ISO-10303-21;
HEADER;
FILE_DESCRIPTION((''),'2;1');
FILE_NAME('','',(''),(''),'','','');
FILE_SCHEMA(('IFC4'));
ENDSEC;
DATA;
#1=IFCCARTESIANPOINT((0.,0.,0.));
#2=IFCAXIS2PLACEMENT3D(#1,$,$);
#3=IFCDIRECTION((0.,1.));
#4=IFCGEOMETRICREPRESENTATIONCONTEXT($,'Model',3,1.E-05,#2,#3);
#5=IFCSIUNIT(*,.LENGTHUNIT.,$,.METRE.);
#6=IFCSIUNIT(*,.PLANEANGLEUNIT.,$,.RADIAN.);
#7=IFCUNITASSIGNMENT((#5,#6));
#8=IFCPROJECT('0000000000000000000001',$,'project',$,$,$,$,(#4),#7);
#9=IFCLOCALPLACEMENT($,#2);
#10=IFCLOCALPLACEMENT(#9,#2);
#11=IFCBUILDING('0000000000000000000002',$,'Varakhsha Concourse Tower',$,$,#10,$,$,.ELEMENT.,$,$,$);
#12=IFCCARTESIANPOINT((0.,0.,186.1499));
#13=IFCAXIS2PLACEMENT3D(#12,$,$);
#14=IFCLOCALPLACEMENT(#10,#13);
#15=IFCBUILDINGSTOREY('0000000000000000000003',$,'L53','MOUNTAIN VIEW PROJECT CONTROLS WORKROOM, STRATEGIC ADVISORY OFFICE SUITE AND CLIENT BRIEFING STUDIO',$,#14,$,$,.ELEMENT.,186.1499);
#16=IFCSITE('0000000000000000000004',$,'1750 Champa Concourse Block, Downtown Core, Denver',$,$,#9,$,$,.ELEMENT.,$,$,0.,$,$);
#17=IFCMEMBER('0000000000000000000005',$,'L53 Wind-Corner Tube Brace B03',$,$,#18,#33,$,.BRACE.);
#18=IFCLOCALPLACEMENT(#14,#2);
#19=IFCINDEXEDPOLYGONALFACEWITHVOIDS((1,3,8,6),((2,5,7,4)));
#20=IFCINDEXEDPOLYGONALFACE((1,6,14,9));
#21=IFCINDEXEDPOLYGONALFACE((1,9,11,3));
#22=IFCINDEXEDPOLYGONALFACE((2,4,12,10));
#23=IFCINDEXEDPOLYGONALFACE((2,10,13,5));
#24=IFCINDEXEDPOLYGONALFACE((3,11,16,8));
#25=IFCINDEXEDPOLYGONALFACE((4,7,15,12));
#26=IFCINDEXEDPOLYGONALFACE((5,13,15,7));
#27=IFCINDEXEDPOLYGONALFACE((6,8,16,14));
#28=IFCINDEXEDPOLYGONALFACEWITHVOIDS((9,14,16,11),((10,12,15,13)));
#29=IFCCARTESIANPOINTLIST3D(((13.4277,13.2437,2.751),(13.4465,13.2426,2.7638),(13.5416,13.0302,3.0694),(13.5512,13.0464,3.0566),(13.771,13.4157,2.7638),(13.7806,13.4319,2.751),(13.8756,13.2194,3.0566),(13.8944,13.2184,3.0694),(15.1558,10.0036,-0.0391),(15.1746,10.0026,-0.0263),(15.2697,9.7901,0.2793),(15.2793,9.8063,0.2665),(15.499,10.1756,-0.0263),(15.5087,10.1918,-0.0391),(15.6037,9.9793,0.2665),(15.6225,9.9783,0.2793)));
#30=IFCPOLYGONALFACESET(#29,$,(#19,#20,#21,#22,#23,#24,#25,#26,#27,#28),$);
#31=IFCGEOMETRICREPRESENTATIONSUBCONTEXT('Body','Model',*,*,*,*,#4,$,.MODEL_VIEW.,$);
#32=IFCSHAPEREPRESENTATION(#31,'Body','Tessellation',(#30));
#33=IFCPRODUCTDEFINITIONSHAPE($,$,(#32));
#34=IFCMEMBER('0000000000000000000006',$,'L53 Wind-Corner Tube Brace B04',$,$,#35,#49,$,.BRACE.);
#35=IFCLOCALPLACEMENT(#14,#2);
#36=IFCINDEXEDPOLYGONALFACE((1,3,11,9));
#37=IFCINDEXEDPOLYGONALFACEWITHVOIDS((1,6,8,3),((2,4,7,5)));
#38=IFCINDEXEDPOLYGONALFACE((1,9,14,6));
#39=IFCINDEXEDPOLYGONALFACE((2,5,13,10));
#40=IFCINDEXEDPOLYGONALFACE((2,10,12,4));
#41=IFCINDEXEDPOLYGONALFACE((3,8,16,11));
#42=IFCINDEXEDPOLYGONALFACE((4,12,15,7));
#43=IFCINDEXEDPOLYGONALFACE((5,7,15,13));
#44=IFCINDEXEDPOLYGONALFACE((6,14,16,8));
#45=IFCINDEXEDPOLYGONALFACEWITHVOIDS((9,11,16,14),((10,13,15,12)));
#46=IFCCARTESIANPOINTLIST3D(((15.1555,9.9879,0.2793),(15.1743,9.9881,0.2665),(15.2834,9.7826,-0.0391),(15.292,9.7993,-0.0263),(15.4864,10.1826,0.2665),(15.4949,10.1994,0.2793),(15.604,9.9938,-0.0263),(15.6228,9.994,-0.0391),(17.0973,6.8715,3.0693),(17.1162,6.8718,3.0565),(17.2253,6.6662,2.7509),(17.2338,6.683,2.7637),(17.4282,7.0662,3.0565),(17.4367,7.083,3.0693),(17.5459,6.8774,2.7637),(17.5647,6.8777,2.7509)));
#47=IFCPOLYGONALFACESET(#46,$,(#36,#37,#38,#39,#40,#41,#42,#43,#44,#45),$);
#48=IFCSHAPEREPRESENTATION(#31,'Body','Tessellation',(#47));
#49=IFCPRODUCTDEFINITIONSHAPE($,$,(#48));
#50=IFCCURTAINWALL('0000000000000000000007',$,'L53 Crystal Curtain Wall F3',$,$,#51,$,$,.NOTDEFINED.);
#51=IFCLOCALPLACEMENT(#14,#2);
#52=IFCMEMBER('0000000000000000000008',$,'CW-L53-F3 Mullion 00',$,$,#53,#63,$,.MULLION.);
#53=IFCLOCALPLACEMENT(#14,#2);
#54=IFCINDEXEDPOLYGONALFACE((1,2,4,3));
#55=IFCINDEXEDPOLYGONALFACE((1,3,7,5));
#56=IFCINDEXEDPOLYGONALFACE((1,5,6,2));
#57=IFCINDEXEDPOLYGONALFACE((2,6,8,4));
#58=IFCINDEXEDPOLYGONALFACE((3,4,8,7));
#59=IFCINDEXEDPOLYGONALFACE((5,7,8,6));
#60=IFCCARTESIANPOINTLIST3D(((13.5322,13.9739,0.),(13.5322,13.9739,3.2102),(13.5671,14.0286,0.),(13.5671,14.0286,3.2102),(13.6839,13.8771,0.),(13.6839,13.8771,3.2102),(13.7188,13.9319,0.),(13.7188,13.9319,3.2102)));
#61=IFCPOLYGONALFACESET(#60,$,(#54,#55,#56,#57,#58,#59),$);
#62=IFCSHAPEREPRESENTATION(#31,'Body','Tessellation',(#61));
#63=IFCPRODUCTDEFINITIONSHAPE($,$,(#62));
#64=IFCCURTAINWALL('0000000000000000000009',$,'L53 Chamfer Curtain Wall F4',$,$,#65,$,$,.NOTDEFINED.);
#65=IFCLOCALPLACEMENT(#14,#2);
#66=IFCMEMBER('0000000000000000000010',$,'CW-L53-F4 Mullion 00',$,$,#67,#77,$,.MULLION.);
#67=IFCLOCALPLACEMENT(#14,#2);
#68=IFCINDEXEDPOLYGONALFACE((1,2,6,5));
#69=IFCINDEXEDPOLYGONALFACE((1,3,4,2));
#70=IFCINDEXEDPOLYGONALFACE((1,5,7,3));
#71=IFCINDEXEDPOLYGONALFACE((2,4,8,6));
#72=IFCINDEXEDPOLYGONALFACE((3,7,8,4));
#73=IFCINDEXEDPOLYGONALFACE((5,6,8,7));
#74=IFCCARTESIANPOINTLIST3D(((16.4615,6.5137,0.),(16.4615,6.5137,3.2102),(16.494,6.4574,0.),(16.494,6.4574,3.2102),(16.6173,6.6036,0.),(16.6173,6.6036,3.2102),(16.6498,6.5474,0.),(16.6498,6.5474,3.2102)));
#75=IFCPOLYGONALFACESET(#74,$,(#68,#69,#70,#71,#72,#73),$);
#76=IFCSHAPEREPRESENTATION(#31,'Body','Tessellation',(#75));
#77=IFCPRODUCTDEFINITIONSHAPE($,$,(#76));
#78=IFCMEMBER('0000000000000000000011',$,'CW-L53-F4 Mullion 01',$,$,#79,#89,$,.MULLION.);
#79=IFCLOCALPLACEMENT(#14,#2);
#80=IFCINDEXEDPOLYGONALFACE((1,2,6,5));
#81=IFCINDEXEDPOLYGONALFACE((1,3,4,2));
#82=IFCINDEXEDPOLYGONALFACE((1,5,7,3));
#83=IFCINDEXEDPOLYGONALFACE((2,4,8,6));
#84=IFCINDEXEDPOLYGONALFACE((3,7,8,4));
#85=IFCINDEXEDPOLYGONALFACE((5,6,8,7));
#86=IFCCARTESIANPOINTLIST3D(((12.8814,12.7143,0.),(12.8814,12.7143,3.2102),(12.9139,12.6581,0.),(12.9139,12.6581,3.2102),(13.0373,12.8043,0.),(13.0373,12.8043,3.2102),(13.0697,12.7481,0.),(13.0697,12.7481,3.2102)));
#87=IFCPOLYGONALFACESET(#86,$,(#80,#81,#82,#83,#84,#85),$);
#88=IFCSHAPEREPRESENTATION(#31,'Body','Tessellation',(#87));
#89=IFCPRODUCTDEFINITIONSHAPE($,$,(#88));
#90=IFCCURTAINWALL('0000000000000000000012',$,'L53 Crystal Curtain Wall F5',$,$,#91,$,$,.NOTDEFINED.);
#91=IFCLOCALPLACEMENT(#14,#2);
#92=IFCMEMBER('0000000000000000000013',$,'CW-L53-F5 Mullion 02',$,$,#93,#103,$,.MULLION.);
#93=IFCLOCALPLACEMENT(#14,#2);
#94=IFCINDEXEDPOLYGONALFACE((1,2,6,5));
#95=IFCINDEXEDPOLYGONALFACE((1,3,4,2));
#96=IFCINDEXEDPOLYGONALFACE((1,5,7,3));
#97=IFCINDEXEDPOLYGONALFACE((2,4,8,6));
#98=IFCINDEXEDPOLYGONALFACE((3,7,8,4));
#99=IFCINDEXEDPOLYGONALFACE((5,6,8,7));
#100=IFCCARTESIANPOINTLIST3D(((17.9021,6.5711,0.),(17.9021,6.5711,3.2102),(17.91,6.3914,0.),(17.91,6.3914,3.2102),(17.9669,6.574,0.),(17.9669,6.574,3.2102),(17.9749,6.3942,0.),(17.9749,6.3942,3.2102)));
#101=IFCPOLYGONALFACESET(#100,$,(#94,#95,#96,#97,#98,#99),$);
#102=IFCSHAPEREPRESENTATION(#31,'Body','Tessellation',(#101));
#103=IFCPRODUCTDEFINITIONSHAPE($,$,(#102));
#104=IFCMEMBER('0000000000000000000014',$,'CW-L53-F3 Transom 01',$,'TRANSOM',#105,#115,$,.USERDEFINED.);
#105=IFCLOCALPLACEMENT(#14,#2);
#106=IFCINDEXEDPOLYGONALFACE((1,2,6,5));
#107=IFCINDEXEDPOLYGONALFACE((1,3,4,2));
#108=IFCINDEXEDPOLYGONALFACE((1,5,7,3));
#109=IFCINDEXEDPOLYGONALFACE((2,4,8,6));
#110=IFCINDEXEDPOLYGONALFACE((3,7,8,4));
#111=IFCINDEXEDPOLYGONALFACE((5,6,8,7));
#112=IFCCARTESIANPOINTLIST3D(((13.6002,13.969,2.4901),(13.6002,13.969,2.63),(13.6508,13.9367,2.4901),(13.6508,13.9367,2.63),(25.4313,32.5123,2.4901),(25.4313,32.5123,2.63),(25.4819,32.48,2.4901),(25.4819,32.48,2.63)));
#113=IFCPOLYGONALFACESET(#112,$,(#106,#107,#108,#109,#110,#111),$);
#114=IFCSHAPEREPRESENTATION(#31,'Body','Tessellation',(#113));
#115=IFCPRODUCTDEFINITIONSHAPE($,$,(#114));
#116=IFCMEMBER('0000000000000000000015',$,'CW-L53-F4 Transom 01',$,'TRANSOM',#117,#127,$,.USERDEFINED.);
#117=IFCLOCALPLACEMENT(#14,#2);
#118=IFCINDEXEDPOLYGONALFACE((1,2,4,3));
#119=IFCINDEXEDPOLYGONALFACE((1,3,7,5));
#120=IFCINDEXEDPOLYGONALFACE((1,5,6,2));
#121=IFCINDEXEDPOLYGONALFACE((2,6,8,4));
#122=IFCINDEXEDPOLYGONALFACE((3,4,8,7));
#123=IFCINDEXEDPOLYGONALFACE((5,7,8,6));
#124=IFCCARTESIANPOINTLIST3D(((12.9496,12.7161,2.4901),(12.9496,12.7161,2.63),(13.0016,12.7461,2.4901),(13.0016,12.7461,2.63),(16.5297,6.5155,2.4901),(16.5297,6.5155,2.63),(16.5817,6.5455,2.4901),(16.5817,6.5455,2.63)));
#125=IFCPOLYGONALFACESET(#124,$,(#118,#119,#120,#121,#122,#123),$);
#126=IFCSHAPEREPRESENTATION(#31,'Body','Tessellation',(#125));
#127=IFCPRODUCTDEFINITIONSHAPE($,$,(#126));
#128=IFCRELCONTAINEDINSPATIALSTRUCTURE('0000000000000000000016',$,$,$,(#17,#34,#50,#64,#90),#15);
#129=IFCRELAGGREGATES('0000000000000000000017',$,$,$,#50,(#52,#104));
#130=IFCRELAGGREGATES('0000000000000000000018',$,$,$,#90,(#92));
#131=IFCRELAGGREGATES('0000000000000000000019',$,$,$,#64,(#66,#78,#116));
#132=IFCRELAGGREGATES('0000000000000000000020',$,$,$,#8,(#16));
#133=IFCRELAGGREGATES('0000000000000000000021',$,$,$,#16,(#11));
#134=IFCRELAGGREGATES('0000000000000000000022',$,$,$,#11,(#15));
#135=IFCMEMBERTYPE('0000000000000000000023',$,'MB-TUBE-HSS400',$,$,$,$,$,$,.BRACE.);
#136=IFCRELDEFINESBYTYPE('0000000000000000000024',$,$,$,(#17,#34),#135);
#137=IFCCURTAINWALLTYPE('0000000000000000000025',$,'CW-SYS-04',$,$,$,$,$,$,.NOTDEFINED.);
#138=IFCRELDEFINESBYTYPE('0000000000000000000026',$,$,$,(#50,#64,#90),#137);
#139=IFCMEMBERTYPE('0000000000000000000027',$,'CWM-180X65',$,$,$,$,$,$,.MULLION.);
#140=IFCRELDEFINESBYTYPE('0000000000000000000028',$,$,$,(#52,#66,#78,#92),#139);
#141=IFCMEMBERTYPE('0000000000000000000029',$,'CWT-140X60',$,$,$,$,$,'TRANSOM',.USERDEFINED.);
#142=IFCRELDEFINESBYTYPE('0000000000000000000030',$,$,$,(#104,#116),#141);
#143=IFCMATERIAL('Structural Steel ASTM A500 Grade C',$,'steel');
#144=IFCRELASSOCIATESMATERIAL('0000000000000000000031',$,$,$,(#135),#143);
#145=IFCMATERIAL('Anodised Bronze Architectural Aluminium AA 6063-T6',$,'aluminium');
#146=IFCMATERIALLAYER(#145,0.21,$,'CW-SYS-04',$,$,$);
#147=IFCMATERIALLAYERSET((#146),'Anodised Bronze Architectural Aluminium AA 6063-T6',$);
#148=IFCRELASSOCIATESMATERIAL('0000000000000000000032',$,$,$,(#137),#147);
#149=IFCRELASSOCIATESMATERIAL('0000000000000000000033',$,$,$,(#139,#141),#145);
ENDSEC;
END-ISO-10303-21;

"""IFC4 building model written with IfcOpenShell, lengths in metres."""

from ifc_helpers import new_model, si_unit, direction, frame, origin, origin_2d, place, context, subcontext, project, spatial, rectangle, hollow_rectangle, extrude, source, transform, mapped, material, layer, layer_set, material_profile, profile_set, type_object, type_shapes, element, aggregate, save


model = new_model("IFC4")

# Units and contexts
model_context = context("Model", 3, precision=1e-05, world=origin(), true_north=direction((0.0, 1.0)))
body_context = subcontext(model_context, "Body", "Model", "MODEL_VIEW")
ifc_project = project(units=[si_unit("LENGTHUNIT", "METRE"), si_unit("PLANEANGLEUNIT", "RADIAN")], contexts=[model_context])

# Site, building, storey
site_placement = place(None, origin())
site = spatial("IfcSite", under=ifc_project, at=site_placement, Name="1750 Champa Concourse Block, Downtown Core, Denver", CompositionType="ELEMENT", RefElevation=0.0)
building_placement = place(site_placement, origin())
building = spatial("IfcBuilding", under=site, at=building_placement, Name="Varakhsha Concourse Tower", CompositionType="ELEMENT")
storey_placement = place(building_placement, frame((0.0, 0.0, 186.1499)))
storey = spatial("IfcBuildingStorey", under=building, at=storey_placement, Name="L53", Description="MOUNTAIN VIEW PROJECT CONTROLS WORKROOM, STRATEGIC ADVISORY OFFICE SUITE AND CLIENT BRIEFING STUDIO", CompositionType="ELEMENT", Elevation=186.1499)

# Members
ifc_material_1 = material(Name="Structural Steel ASTM A500 Grade C", Category="steel")
ifc_material_profile_1 = material_profile(ifc_material_1, hollow_rectangle(XDim=0.3999, YDim=0.3999, WallThickness=0.0161, at=origin_2d()), Name="HSS 400x400x16")
ifc_profile_set_1 = profile_set([ifc_material_profile_1], Name="Structural Steel ASTM A500 Grade C")
member_type_1 = type_object("IfcMemberType", Name="MB-TUBE-HSS400", PredefinedType="BRACE", material=ifc_profile_set_1)
shared_shape_1 = source(origin(), body_context, "Body", "SweptSolid", [
    extrude(hollow_rectangle(XDim=0.3999, YDim=0.3999, WallThickness=0.0161, at=origin_2d()), origin(), (0.0, 0.0, 1.0), 4.6118),
])
member_1_placement = place(storey_placement, frame((15.3892, 9.991, 0.1201), z_axis=(-0.374704, 0.702556, 0.604989), x_axis=(-0.882349, -0.470595, 0.0)))
element("IfcMember", 1, at=member_1_placement, inside=storey, type_object=member_type_1, Name="L53 Wind-Corner Tube Brace B03", PredefinedType="BRACE", context=body_context, shape_type="MappedRepresentation", body=[
    mapped(shared_shape_1, transform((0.0, 0.0, 0.0), scale=1.0)),
])
shared_shape_2 = source(origin(), body_context, "Body", "SweptSolid", [
    extrude(hollow_rectangle(XDim=0.3999, YDim=0.3999, WallThickness=0.0161, at=origin_2d()), origin(), (0.0, 0.0, 1.0), 4.6116),
])
type_shapes(member_type_1, [shared_shape_1, shared_shape_2])
member_2_placement = place(storey_placement, frame((15.3892, 9.991, 0.1201), z_axis=(0.421082, -0.675775, 0.604994), x_axis=(0.848718, 0.528845, 0.0)))
element("IfcMember", 2, at=member_2_placement, inside=storey, type_object=member_type_1, Name="L53 Wind-Corner Tube Brace B04", PredefinedType="BRACE", context=body_context, shape_type="MappedRepresentation", body=[
    mapped(shared_shape_2, transform((0.0, 0.0, 0.0), scale=1.0)),
])

# Curtain wall, member
ifc_material_2 = material(Name="Anodised Bronze Architectural Aluminium AA 6063-T6", Category="aluminium")
ifc_layer_1 = layer(ifc_material_2, 0.21, Name="CW-SYS-04")
ifc_layer_set_1 = layer_set([ifc_layer_1], Name="Anodised Bronze Architectural Aluminium AA 6063-T6")
curtain_wall_type = type_object("IfcCurtainWallType", Name="CW-SYS-04", PredefinedType="NOTDEFINED", material=ifc_layer_set_1)
curtain_wall_1_placement = place(storey_placement, origin())
curtain_wall_1 = element("IfcCurtainWall", 3, at=curtain_wall_1_placement, inside=storey, type_object=curtain_wall_type, Name="L53 Crystal Curtain Wall F3", PredefinedType="NOTDEFINED")
ifc_material_profile_2 = material_profile(ifc_material_2, rectangle(XDim=0.0649, YDim=0.1799, at=origin_2d()), Name="CWM-180X65")
ifc_profile_set_2 = profile_set([ifc_material_profile_2], Name="Anodised Bronze Architectural Aluminium AA 6063-T6")
member_type_2 = type_object("IfcMemberType", Name="CWM-180X65", PredefinedType="MULLION", material=ifc_profile_set_2)
shared_shape_3 = source(origin(), body_context, "Body", "SweptSolid", [
    extrude(rectangle(XDim=0.0649, YDim=0.1799, at=origin_2d()), origin(), (0.0, 0.0, 1.0), 3.2102),
])
type_shapes(member_type_2, [shared_shape_3])
member_3_placement = place(storey_placement, frame((13.6255, 13.9529, 0.0), z_axis=(0.0, 0.0, 1.0), x_axis=(0.537863, 0.843032, 0.0)))
member_3 = element("IfcMember", 4, at=member_3_placement, type_object=member_type_2, Name="CW-L53-F3 Mullion 00", PredefinedType="MULLION", context=body_context, shape_type="MappedRepresentation", body=[
    mapped(shared_shape_3, transform((0.0, 0.0, 0.0), scale=1.0)),
])

# Curtain wall, members
curtain_wall_2_placement = place(storey_placement, origin())
curtain_wall_2 = element("IfcCurtainWall", 5, at=curtain_wall_2_placement, inside=storey, type_object=curtain_wall_type, Name="L53 Chamfer Curtain Wall F4", PredefinedType="NOTDEFINED")
member_4_placement = place(storey_placement, frame((16.5557, 6.5305, 0.0), z_axis=(0.0, 0.0, 1.0), x_axis=(-0.499997, 0.866027, 0.0)))
member_4 = element("IfcMember", 6, at=member_4_placement, type_object=member_type_2, Name="CW-L53-F4 Mullion 00", PredefinedType="MULLION", context=body_context, shape_type="MappedRepresentation", body=[
    mapped(shared_shape_3, transform((0.0, 0.0, 0.0), scale=1.0)),
])
member_5_placement = place(storey_placement, frame((12.9756, 12.7312, 0.0), z_axis=(0.0, 0.0, 1.0), x_axis=(-0.499997, 0.866027, 0.0)))
member_5 = element("IfcMember", 7, at=member_5_placement, type_object=member_type_2, Name="CW-L53-F4 Mullion 01", PredefinedType="MULLION", context=body_context, shape_type="MappedRepresentation", body=[
    mapped(shared_shape_3, transform((0.0, 0.0, 0.0), scale=1.0)),
])

# Curtain wall, member
curtain_wall_3_placement = place(storey_placement, origin())
curtain_wall_3 = element("IfcCurtainWall", 8, at=curtain_wall_3_placement, inside=storey, type_object=curtain_wall_type, Name="L53 Crystal Curtain Wall F5", PredefinedType="NOTDEFINED")
member_6_placement = place(storey_placement, frame((17.9385, 6.4827, 0.0), z_axis=(0.0, 0.0, 1.0), x_axis=(-0.999019, -0.044285, 0.0)))
member_6 = element("IfcMember", 9, at=member_6_placement, type_object=member_type_2, Name="CW-L53-F5 Mullion 02", PredefinedType="MULLION", context=body_context, shape_type="MappedRepresentation", body=[
    mapped(shared_shape_3, transform((0.0, 0.0, 0.0), scale=1.0)),
])

# Members
ifc_material_profile_3 = material_profile(ifc_material_2, rectangle(XDim=0.0601, YDim=0.1399, at=origin_2d()), Name="CWT-140X60")
ifc_profile_set_3 = profile_set([ifc_material_profile_3], Name="Anodised Bronze Architectural Aluminium AA 6063-T6")
member_type_3 = type_object("IfcMemberType", Name="CWT-140X60", ElementType="TRANSOM", PredefinedType="USERDEFINED", material=ifc_profile_set_3)
shared_shape_4 = source(origin(), body_context, "Body", "SweptSolid", [
    extrude(rectangle(XDim=0.0601, YDim=0.1399, at=origin_2d()), origin(), (0.0, 0.0, 1.0), 21.9961),
])
member_7_placement = place(storey_placement, frame((13.6255, 13.9529, 2.5601), z_axis=(0.537873, 0.843026, 0.0), x_axis=(-0.843026, 0.537873, 0.0)))
member_7 = element("IfcMember", 10, at=member_7_placement, type_object=member_type_3, Name="CW-L53-F3 Transom 01", ObjectType="TRANSOM", PredefinedType="USERDEFINED", context=body_context, shape_type="MappedRepresentation", body=[
    mapped(shared_shape_4, transform((0.0, 0.0, 0.0), scale=1.0)),
])
shared_shape_5 = source(origin(), body_context, "Body", "SweptSolid", [
    extrude(rectangle(XDim=0.0601, YDim=0.1399, at=origin_2d()), origin(), (0.0, 0.0, 1.0), 7.1599),
])
type_shapes(member_type_3, [shared_shape_4, shared_shape_5])
member_8_placement = place(storey_placement, frame((16.5557, 6.5305, 2.5601), z_axis=(-0.500012, 0.866019, 0.0), x_axis=(-0.866019, -0.500012, 0.0)))
member_8 = element("IfcMember", 11, at=member_8_placement, type_object=member_type_3, Name="CW-L53-F4 Transom 01", ObjectType="TRANSOM", PredefinedType="USERDEFINED", context=body_context, shape_type="MappedRepresentation", body=[
    mapped(shared_shape_5, transform((0.0, 0.0, 0.0), scale=1.0)),
])

aggregate(curtain_wall_1, [member_3, member_7])
aggregate(curtain_wall_3, [member_6])
aggregate(curtain_wall_2, [member_4, member_5, member_8])

save(model, "model.ifc")
